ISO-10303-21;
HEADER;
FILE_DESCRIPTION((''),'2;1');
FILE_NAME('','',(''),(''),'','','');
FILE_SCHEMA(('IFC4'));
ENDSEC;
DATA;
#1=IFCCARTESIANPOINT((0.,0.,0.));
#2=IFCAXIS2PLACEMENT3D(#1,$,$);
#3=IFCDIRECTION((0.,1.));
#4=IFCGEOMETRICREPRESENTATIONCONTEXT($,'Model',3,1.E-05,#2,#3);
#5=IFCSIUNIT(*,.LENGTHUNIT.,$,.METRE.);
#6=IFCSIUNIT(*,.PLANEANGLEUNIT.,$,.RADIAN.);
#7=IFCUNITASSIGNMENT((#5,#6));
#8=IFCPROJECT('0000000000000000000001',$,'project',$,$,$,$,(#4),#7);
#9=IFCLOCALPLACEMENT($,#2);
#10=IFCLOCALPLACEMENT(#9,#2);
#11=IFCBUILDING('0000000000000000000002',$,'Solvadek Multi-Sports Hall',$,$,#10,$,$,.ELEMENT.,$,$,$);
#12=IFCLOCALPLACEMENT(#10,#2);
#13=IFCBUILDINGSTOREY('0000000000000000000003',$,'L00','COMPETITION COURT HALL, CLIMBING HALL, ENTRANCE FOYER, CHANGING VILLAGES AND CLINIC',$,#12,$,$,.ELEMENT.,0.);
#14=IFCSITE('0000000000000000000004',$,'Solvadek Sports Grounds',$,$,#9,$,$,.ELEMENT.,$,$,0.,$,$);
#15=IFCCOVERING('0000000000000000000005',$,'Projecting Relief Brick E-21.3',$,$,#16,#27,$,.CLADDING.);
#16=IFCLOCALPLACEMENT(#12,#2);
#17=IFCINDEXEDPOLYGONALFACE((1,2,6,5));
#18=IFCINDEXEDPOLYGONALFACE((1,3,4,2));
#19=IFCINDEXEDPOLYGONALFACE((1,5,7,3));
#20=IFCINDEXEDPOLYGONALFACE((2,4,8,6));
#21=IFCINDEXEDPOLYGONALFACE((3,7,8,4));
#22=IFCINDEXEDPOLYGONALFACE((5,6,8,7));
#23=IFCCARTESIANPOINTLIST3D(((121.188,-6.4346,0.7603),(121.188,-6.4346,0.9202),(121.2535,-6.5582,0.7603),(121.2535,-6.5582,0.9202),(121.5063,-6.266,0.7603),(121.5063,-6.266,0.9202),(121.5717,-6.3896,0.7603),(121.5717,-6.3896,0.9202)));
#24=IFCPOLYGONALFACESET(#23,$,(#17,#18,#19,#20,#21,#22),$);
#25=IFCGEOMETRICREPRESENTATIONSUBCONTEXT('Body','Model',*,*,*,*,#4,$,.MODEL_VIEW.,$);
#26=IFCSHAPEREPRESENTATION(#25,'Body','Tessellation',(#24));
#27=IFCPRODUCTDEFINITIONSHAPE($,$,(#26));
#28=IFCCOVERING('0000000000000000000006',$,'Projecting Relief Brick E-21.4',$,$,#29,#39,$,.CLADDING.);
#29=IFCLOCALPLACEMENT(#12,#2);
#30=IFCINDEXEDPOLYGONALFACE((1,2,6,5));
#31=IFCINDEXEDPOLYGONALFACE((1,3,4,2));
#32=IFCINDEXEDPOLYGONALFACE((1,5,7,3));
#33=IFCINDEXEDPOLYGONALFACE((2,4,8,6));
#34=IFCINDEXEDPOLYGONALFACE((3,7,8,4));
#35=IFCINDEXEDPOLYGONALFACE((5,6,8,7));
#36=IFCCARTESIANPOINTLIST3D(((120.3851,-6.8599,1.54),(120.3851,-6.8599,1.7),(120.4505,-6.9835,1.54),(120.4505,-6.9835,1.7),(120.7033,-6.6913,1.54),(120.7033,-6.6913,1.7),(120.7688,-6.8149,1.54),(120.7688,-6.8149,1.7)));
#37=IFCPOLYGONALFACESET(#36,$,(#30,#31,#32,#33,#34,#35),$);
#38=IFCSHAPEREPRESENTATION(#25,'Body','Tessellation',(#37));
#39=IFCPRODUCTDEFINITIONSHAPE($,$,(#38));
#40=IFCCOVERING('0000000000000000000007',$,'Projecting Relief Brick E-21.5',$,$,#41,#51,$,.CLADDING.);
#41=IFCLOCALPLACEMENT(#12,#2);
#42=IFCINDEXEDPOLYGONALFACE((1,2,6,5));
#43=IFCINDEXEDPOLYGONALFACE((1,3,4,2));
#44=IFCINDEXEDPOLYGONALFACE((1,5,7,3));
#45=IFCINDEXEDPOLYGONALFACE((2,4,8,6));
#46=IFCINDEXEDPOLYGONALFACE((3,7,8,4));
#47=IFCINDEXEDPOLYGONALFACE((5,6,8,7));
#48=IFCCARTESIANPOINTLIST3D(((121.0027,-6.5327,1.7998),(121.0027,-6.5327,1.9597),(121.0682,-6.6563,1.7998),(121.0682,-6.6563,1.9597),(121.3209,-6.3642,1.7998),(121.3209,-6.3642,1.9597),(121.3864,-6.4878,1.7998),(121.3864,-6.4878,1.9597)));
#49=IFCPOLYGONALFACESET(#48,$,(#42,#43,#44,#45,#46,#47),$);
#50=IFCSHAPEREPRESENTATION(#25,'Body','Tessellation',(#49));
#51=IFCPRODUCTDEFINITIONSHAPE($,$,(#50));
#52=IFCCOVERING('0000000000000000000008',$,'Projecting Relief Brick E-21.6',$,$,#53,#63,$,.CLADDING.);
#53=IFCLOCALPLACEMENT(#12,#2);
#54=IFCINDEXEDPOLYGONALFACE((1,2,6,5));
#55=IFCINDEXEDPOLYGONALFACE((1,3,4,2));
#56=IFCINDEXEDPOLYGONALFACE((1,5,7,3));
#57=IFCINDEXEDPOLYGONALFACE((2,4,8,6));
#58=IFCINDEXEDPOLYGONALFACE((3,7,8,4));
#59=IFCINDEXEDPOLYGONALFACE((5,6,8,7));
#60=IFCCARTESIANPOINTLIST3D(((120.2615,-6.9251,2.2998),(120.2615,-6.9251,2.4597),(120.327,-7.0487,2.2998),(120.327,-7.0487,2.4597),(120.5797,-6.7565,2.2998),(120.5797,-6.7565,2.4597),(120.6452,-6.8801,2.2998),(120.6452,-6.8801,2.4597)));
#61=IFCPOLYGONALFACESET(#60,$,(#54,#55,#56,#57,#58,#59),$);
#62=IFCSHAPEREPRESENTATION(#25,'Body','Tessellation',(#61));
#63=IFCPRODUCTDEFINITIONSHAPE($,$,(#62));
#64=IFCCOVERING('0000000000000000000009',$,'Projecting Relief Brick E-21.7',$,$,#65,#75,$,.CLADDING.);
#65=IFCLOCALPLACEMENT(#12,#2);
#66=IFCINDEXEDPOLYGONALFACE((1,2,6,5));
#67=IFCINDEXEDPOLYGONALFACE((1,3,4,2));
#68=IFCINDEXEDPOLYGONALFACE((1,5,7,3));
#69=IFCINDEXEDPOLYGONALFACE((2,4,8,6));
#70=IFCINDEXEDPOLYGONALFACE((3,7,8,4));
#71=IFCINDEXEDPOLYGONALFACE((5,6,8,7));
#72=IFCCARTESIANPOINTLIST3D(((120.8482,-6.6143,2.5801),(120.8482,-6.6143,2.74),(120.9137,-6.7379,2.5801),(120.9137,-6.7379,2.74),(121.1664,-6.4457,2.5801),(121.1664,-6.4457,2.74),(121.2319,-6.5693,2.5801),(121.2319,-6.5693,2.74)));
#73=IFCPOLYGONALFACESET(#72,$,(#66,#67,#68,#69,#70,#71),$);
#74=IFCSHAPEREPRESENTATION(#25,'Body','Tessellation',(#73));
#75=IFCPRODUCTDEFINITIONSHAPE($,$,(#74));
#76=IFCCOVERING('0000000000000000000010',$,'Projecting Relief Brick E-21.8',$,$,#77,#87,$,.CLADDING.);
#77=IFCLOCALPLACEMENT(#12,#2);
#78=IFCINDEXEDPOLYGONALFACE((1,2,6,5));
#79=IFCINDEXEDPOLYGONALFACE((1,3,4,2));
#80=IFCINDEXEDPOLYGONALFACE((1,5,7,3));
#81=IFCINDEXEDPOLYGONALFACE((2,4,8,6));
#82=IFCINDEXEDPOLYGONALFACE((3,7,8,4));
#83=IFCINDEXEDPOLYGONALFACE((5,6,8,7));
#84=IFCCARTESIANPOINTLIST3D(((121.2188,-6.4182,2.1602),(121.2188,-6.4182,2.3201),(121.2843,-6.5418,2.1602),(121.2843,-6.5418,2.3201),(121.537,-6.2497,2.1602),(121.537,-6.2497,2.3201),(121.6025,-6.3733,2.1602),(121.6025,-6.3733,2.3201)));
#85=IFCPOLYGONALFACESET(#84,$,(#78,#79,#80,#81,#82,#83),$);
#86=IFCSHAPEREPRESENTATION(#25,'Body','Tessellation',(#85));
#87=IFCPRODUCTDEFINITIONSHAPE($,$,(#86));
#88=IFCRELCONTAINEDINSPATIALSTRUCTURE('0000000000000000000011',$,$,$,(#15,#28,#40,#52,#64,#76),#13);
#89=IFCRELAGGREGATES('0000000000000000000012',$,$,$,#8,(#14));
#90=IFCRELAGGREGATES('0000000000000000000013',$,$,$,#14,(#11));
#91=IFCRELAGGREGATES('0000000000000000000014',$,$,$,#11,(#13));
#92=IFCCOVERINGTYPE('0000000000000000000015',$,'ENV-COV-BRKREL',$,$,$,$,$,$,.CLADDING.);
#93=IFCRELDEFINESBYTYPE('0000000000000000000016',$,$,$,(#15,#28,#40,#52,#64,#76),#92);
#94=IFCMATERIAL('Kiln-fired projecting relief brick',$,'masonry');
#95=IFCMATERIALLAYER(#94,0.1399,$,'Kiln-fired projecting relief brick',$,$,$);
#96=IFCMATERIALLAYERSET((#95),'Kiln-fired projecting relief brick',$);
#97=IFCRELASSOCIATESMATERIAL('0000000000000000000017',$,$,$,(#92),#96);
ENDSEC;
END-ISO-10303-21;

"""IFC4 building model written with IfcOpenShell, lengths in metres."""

from ifc_helpers import new_model, si_unit, direction, frame, origin, origin_2d, place, context, subcontext, project, spatial, rectangle, extrude, material, layer, layer_set, type_object, element, save


model = new_model("IFC4")

# Units and contexts
model_context = context("Model", 3, precision=1e-05, world=origin(), true_north=direction((0.0, 1.0)))
body_context = subcontext(model_context, "Body", "Model", "MODEL_VIEW")
ifc_project = project(units=[si_unit("LENGTHUNIT", "METRE"), si_unit("PLANEANGLEUNIT", "RADIAN")], contexts=[model_context])

# Site, building, storey
site_placement = place(None, origin())
site = spatial("IfcSite", under=ifc_project, at=site_placement, Name="Solvadek Sports Grounds", CompositionType="ELEMENT", RefElevation=0.0)
building_placement = place(site_placement, origin())
building = spatial("IfcBuilding", under=site, at=building_placement, Name="Solvadek Multi-Sports Hall", CompositionType="ELEMENT")
storey_placement = place(building_placement, origin())
storey = spatial("IfcBuildingStorey", under=building, at=storey_placement, Name="L00", Description="COMPETITION COURT HALL, CLIMBING HALL, ENTRANCE FOYER, CHANGING VILLAGES AND CLINIC", CompositionType="ELEMENT", Elevation=0.0)

# Coverings
ifc_material_1 = material(Name="Kiln-fired projecting relief brick", Category="masonry")
ifc_layer_1 = layer(ifc_material_1, 0.1399, Name="Kiln-fired projecting relief brick")
ifc_layer_set_1 = layer_set([ifc_layer_1], Name="Kiln-fired projecting relief brick")
covering_type = type_object("IfcCoveringType", Name="ENV-COV-BRKREL", PredefinedType="CLADDING", material=ifc_layer_set_1)
for number, where, z_axis, x_axis, name in (
    (1, (121.3799, -6.4121, 0.7603), (0.0, 0.0, 1.0), (0.883682, 0.468088, 0.0), "Projecting Relief Brick E-21.3"),
    (2, (120.5769, -6.8374, 1.54), (0.0, 0.0, 1.0), (0.883682, 0.468088, 0.0), "Projecting Relief Brick E-21.4"),
    (3, (121.1946, -6.5103, 1.7998), (0.0, 0.0, 1.0), (0.883682, 0.468088, 0.0), "Projecting Relief Brick E-21.5"),
    (4, (120.4534, -6.9026, 2.2998), (0.0, 0.0, 1.0), (0.883682, 0.468088, 0.0), "Projecting Relief Brick E-21.6"),
    (5, (121.04, -6.5918, 2.5801), (0.0, 0.0, 1.0), (0.883682, 0.468088, 0.0), "Projecting Relief Brick E-21.7"),
    (6, (121.4106, -6.3958, 2.1602), (0.0, 0.0, 1.0), (0.883682, 0.468088, 0.0), "Projecting Relief Brick E-21.8"),
):
    element("IfcCovering", number, at=place(storey_placement, frame(where, z_axis=z_axis, x_axis=x_axis)), inside=storey, type_object=covering_type, Name=name, PredefinedType="CLADDING", context=body_context, shape_type="SweptSolid", body=[
        extrude(rectangle(XDim=0.3601, YDim=0.1399, at=origin_2d()), origin(), (0.0, 0.0, 1.0), 0.1599),
    ])

save(model, "model.ifc")
